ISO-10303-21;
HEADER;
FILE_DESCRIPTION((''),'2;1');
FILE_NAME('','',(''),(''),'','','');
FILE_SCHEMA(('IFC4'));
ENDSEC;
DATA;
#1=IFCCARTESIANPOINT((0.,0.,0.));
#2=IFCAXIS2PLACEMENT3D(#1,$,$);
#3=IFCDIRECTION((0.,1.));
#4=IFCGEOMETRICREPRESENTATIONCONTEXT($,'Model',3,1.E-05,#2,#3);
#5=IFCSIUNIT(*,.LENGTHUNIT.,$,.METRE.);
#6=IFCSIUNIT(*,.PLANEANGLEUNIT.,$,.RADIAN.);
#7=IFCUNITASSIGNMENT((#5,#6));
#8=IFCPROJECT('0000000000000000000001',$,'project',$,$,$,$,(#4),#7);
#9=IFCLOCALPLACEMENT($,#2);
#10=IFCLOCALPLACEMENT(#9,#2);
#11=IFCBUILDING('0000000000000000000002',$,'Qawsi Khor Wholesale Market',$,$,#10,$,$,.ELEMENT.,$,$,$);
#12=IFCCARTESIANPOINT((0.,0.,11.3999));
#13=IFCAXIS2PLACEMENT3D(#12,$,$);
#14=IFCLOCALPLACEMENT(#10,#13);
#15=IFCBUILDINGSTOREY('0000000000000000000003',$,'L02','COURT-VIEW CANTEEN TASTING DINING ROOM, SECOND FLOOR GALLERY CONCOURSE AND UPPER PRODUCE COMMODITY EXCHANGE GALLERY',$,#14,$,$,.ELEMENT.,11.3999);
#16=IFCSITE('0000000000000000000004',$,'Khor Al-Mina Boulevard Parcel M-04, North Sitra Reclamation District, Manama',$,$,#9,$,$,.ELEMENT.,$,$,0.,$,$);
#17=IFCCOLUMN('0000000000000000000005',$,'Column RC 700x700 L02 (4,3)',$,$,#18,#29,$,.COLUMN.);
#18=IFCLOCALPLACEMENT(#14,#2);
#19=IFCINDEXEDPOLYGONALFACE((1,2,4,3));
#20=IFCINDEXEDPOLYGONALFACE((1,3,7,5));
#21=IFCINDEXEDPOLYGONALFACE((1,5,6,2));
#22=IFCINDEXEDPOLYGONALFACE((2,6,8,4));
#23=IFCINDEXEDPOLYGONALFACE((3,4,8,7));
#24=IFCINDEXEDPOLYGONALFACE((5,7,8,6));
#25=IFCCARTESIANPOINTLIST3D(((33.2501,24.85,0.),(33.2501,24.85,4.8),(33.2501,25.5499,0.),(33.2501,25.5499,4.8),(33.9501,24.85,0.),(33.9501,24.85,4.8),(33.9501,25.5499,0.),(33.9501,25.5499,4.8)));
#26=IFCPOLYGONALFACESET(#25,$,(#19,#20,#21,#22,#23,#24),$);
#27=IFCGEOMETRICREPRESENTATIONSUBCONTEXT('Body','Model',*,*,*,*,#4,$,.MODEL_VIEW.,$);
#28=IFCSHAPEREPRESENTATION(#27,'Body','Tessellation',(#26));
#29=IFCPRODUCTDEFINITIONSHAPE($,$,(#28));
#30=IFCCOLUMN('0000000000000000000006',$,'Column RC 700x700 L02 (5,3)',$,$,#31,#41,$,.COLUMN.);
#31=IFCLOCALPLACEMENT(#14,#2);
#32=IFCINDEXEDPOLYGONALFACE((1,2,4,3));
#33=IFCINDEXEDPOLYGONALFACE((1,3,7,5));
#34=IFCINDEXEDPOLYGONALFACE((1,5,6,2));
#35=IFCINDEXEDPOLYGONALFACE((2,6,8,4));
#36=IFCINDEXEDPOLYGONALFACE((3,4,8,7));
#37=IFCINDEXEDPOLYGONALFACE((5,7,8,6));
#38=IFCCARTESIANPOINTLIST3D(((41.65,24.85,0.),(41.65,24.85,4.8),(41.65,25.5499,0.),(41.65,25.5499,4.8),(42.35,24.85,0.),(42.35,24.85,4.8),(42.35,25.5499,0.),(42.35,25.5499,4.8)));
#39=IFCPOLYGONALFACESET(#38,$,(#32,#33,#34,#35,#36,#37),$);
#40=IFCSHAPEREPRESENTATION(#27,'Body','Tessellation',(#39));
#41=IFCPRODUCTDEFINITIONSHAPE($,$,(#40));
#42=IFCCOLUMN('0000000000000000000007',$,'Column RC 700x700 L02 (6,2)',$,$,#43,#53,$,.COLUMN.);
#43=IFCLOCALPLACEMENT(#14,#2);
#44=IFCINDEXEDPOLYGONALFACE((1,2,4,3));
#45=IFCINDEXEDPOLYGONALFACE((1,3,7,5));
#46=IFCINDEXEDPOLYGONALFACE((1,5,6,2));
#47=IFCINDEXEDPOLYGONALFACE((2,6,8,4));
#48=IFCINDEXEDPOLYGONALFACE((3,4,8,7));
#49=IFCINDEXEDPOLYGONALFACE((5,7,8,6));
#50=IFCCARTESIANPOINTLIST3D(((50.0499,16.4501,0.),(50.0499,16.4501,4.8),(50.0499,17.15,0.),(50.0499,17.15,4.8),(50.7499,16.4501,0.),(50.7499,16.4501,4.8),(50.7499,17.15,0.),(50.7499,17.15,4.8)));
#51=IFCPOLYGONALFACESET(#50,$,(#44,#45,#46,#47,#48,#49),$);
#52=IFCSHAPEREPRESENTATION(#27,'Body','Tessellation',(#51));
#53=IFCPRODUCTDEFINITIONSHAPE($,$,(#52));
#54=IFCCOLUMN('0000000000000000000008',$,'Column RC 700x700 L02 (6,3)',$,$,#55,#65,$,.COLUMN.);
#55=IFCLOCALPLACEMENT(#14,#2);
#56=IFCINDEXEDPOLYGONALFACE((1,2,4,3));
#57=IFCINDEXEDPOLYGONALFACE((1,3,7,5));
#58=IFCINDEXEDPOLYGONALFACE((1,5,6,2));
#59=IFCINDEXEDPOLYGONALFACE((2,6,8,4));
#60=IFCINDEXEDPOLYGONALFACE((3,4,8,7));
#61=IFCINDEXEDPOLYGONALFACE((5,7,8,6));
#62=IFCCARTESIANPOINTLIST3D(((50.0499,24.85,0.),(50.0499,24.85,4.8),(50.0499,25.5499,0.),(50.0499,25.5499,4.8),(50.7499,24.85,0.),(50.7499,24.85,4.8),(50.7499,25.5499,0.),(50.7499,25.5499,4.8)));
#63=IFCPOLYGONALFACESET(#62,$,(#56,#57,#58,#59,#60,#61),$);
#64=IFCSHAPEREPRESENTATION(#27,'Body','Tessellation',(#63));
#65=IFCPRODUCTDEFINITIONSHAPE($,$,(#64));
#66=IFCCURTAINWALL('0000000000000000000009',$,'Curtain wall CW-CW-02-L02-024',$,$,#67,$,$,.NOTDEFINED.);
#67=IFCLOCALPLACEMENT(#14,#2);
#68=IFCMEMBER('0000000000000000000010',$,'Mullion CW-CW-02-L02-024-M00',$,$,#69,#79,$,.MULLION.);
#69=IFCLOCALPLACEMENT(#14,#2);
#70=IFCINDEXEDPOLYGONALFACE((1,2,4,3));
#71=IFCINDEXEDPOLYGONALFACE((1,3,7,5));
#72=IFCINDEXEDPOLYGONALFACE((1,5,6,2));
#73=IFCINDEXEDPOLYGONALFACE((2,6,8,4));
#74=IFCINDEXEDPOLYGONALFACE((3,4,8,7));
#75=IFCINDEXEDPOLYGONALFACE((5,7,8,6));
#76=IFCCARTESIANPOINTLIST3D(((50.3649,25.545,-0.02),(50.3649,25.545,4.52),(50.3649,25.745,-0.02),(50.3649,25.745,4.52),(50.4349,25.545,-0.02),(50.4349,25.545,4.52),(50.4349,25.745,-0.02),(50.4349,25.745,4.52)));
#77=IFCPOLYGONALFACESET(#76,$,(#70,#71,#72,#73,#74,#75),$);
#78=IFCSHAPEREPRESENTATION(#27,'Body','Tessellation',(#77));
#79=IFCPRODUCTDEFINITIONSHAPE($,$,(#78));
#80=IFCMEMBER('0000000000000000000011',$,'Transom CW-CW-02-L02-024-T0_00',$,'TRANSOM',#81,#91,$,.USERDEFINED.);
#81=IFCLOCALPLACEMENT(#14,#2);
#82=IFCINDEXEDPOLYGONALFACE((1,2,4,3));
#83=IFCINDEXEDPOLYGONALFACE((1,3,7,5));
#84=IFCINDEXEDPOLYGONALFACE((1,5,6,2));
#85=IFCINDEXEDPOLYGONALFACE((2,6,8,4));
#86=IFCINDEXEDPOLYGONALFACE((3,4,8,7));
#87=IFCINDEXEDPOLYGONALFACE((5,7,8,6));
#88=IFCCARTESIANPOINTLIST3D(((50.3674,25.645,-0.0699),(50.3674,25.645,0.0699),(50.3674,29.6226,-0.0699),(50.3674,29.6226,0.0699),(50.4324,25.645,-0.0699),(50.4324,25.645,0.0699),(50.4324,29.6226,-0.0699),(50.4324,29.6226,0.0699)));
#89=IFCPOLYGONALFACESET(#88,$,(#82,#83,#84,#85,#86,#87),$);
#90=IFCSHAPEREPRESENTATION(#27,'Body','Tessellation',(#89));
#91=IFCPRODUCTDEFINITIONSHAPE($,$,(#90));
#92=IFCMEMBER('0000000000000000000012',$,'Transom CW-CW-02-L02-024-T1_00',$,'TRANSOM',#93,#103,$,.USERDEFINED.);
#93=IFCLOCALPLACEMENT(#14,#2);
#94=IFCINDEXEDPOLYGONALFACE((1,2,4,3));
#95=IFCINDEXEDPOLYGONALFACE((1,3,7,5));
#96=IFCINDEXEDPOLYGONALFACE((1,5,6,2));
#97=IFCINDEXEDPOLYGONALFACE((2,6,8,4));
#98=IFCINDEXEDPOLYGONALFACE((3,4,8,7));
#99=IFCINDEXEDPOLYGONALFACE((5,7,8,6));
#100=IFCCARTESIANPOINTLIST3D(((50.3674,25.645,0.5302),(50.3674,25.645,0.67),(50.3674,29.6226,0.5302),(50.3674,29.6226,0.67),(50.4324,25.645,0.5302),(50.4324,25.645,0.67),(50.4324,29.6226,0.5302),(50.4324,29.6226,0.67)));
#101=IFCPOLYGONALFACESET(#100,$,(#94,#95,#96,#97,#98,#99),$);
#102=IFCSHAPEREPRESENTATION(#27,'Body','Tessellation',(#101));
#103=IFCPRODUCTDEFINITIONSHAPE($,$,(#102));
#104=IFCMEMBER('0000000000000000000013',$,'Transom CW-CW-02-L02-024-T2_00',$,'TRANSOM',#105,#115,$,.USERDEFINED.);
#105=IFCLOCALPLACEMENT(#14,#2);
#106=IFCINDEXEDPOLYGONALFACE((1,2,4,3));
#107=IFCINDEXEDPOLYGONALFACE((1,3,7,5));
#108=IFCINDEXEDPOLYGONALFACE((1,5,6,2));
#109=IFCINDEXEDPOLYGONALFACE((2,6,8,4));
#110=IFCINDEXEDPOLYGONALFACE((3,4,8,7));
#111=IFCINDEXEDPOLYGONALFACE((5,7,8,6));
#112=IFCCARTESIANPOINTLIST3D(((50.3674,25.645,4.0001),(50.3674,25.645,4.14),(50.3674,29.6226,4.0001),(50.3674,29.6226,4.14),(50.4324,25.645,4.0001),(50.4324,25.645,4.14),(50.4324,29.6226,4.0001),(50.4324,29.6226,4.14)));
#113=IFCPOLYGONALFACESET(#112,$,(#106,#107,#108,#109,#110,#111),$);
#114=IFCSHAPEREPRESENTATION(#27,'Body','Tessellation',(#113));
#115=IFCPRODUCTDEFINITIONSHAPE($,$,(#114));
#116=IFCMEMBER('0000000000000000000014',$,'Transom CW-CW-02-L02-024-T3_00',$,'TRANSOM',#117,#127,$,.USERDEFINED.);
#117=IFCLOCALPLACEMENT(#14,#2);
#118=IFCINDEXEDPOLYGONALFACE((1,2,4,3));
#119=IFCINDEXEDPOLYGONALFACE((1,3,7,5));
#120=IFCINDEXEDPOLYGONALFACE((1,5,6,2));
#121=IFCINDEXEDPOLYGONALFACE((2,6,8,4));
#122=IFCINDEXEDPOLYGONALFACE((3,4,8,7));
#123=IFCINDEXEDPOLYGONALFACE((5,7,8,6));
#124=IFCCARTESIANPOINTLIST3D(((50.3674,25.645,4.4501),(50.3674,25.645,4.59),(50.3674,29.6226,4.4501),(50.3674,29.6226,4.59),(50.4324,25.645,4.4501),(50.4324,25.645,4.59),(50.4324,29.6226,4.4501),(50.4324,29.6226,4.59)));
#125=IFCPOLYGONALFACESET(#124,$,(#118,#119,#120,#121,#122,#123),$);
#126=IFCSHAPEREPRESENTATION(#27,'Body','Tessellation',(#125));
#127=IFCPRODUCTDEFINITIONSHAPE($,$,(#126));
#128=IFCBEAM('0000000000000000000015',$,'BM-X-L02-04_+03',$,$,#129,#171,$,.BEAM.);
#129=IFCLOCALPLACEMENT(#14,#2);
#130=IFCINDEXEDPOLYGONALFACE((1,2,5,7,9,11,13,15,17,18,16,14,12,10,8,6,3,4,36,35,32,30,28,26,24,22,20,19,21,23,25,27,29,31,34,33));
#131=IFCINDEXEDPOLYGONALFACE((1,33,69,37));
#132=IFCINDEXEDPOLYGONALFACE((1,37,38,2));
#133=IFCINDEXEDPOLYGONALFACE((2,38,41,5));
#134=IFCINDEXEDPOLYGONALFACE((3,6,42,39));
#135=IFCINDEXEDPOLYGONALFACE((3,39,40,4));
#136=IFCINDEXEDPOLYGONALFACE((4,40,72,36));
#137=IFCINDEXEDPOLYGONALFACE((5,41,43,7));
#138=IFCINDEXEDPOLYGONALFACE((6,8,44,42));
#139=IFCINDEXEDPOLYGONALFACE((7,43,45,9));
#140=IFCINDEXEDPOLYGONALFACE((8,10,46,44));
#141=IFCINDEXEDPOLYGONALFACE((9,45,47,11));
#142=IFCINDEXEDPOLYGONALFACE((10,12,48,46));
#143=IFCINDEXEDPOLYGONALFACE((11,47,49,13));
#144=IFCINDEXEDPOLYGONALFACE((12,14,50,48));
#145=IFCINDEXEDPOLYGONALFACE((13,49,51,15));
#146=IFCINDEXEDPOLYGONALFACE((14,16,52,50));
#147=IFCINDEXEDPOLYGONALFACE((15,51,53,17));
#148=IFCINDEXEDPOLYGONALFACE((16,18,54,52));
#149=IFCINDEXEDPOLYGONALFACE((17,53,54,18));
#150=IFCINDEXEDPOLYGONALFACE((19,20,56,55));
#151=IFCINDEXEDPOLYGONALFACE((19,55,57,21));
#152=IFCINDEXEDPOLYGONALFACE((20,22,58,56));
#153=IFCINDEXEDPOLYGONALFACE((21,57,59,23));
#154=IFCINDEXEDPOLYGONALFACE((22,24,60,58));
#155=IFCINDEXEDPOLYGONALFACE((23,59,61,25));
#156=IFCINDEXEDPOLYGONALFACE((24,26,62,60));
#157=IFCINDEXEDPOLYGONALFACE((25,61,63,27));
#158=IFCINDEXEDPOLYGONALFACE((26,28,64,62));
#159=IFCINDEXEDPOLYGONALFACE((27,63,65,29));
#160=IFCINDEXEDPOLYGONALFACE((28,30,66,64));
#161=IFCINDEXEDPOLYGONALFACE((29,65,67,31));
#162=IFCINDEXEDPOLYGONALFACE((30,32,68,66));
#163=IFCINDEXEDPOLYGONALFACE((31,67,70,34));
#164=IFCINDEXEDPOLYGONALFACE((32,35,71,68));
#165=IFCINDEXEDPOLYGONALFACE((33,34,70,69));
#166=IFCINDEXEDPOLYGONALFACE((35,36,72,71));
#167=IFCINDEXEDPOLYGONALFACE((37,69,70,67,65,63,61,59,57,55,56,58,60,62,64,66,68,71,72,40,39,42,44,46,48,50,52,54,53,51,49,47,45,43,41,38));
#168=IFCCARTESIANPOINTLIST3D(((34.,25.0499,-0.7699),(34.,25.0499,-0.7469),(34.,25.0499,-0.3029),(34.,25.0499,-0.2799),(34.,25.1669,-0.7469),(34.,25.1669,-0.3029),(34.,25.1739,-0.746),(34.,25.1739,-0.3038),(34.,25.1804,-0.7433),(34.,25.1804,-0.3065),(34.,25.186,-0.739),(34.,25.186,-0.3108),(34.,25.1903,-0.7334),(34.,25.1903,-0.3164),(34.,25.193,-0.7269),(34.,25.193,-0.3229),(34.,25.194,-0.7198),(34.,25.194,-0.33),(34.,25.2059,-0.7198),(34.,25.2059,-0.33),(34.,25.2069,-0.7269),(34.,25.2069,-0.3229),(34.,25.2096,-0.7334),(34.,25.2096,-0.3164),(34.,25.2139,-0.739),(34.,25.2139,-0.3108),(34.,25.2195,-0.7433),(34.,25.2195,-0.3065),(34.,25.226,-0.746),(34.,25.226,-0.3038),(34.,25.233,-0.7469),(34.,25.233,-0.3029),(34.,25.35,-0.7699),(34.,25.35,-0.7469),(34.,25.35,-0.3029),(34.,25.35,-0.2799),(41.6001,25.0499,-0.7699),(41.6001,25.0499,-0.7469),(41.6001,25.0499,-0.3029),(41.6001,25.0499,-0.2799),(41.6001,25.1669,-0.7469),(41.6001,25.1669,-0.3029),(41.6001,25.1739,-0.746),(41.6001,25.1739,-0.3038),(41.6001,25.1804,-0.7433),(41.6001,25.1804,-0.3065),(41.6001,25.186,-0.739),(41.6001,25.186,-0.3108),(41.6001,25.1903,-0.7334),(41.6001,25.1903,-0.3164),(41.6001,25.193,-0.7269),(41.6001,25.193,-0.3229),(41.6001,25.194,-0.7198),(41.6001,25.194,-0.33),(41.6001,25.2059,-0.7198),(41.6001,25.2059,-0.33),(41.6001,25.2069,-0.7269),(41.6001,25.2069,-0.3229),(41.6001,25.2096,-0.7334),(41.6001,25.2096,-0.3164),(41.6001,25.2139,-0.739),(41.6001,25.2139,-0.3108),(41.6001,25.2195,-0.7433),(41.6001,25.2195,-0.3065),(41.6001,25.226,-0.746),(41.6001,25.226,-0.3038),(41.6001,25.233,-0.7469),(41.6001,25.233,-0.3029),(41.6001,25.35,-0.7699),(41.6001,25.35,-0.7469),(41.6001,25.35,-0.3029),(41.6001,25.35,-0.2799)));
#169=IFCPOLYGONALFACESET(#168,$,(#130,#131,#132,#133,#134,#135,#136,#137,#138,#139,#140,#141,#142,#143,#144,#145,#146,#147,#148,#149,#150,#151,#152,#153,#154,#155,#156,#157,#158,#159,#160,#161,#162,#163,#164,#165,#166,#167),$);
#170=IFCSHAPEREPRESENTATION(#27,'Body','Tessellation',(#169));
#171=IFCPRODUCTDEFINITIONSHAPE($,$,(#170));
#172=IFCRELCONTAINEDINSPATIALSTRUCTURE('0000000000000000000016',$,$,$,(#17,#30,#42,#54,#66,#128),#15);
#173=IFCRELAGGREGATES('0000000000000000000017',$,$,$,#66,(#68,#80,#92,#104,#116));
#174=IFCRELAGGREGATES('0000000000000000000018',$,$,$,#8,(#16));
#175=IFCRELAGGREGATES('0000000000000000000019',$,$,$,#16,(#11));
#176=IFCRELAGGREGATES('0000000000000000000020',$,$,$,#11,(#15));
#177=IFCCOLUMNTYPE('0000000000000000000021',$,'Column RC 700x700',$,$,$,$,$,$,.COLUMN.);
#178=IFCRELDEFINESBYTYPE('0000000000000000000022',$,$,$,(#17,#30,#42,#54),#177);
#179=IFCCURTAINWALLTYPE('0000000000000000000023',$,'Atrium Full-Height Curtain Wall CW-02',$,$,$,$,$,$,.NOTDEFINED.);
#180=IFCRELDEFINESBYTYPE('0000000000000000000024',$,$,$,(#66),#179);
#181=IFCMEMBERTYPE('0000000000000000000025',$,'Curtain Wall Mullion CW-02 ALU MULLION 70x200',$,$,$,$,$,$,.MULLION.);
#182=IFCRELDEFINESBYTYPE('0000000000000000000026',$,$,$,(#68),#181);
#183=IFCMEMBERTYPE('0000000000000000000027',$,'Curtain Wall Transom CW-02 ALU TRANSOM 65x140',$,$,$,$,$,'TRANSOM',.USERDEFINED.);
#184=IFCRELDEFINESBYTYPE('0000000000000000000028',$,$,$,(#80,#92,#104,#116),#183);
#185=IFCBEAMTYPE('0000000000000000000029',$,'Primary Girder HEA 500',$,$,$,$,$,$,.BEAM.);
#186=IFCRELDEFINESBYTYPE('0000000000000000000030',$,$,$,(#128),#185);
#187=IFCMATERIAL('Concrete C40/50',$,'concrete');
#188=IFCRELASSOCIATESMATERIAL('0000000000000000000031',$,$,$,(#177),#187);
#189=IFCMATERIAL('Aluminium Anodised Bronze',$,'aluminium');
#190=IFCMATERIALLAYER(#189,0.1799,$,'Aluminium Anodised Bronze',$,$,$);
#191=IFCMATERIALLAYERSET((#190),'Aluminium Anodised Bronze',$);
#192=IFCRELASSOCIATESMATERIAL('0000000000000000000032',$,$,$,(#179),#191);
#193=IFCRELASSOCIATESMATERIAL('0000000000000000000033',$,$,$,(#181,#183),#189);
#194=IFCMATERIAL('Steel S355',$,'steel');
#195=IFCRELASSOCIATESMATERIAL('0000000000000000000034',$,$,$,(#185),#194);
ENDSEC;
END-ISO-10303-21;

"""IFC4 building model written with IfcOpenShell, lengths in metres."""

from ifc_helpers import new_model, si_unit, direction, frame, origin, origin_2d, place, context, subcontext, project, spatial, rectangle, i_section, extrude, material, layer, layer_set, material_profile, profile_set, type_object, element, aggregate, save


model = new_model("IFC4")

# Units and contexts
model_context = context("Model", 3, precision=1e-05, world=origin(), true_north=direction((0.0, 1.0)))
body_context = subcontext(model_context, "Body", "Model", "MODEL_VIEW")
ifc_project = project(units=[si_unit("LENGTHUNIT", "METRE"), si_unit("PLANEANGLEUNIT", "RADIAN")], contexts=[model_context])

# Site, building, storey
site_placement = place(None, origin())
site = spatial("IfcSite", under=ifc_project, at=site_placement, Name="Khor Al-Mina Boulevard Parcel M-04, North Sitra Reclamation District, Manama", CompositionType="ELEMENT", RefElevation=0.0)
building_placement = place(site_placement, origin())
building = spatial("IfcBuilding", under=site, at=building_placement, Name="Qawsi Khor Wholesale Market", CompositionType="ELEMENT")
storey_placement = place(building_placement, frame((0.0, 0.0, 11.3999)))
storey = spatial("IfcBuildingStorey", under=building, at=storey_placement, Name="L02", Description="COURT-VIEW CANTEEN TASTING DINING ROOM, SECOND FLOOR GALLERY CONCOURSE AND UPPER PRODUCE COMMODITY EXCHANGE GALLERY", CompositionType="ELEMENT", Elevation=11.3999)

# Columns
ifc_material_1 = material(Name="Concrete C40/50", Category="concrete")
ifc_material_profile_1 = material_profile(ifc_material_1, rectangle(XDim=0.7, YDim=0.7, at=origin_2d()), Name="RC 700x700")
ifc_profile_set_1 = profile_set([ifc_material_profile_1], Name="Concrete C40/50")
column_type = type_object("IfcColumnType", Name="Column RC 700x700", PredefinedType="COLUMN", material=ifc_profile_set_1)
for number, where, z_axis, x_axis, name in (
    (1, (33.6001, 25.2, 0.0), (0.0, 0.0, 1.0), (1.0, 0.0, 0.0), "Column RC 700x700 L02 (4,3)"),
    (2, (42.0, 25.2, 0.0), (0.0, 0.0, 1.0), (1.0, 0.0, 0.0), "Column RC 700x700 L02 (5,3)"),
    (3, (50.3999, 16.8, 0.0), (0.0, 0.0, 1.0), (1.0, 0.0, 0.0), "Column RC 700x700 L02 (6,2)"),
    (4, (50.3999, 25.2, 0.0), (0.0, 0.0, 1.0), (1.0, 0.0, 0.0), "Column RC 700x700 L02 (6,3)"),
):
    element("IfcColumn", number, at=place(storey_placement, frame(where, z_axis=z_axis, x_axis=x_axis)), inside=storey, type_object=column_type, Name=name, PredefinedType="COLUMN", context=body_context, shape_type="SweptSolid", body=[
        extrude(rectangle(XDim=0.7, YDim=0.7, at=origin_2d()), origin(), (0.0, 0.0, 1.0), 4.8),
    ])

# Curtain wall, members
ifc_material_2 = material(Name="Aluminium Anodised Bronze", Category="aluminium")
ifc_layer_1 = layer(ifc_material_2, 0.1799, Name="Aluminium Anodised Bronze")
ifc_layer_set_1 = layer_set([ifc_layer_1], Name="Aluminium Anodised Bronze")
curtain_wall_type = type_object("IfcCurtainWallType", Name="Atrium Full-Height Curtain Wall CW-02", PredefinedType="NOTDEFINED", material=ifc_layer_set_1)
curtain_wall_placement = place(storey_placement, origin())
curtain_wall = element("IfcCurtainWall", 5, at=curtain_wall_placement, inside=storey, type_object=curtain_wall_type, Name="Curtain wall CW-CW-02-L02-024", PredefinedType="NOTDEFINED")
ifc_material_profile_2 = material_profile(ifc_material_2, rectangle(XDim=0.0701, YDim=0.2, at=origin_2d()), Name="ALU MULLION 70x200")
ifc_profile_set_2 = profile_set([ifc_material_profile_2], Name="Aluminium Anodised Bronze")
member_type_1 = type_object("IfcMemberType", Name="Curtain Wall Mullion CW-02 ALU MULLION 70x200", PredefinedType="MULLION", material=ifc_profile_set_2)
member_1_placement = place(storey_placement, frame((50.3999, 25.645, -0.02), z_axis=(0.0, 0.0, 1.0), x_axis=(1.0, 0.0, 0.0)))
member_1 = element("IfcMember", 6, at=member_1_placement, type_object=member_type_1, Name="Mullion CW-CW-02-L02-024-M00", PredefinedType="MULLION", context=body_context, shape_type="SweptSolid", body=[
    extrude(rectangle(XDim=0.0701, YDim=0.2, at=origin_2d()), origin(), (0.0, 0.0, 1.0), 4.54),
])
ifc_material_profile_3 = material_profile(ifc_material_2, rectangle(XDim=0.0649, YDim=0.1399, at=origin_2d()), Name="ALU TRANSOM 65x140")
ifc_profile_set_3 = profile_set([ifc_material_profile_3], Name="Aluminium Anodised Bronze")
member_type_2 = type_object("IfcMemberType", Name="Curtain Wall Transom CW-02 ALU TRANSOM 65x140", ElementType="TRANSOM", PredefinedType="USERDEFINED", material=ifc_profile_set_3)
member_2_placement = place(storey_placement, frame((50.3999, 25.645, 0.0), z_axis=(0.0, 1.0, 0.0), x_axis=(-1.0, 0.0, 0.0)))
member_2 = element("IfcMember", 7, at=member_2_placement, type_object=member_type_2, Name="Transom CW-CW-02-L02-024-T0_00", ObjectType="TRANSOM", PredefinedType="USERDEFINED", context=body_context, shape_type="SweptSolid", body=[
    extrude(rectangle(XDim=0.0649, YDim=0.1399, at=origin_2d()), origin(), (0.0, 0.0, 1.0), 3.9775),
])
member_3_placement = place(storey_placement, frame((50.3999, 25.645, 0.6001), z_axis=(0.0, 1.0, 0.0), x_axis=(-1.0, 0.0, 0.0)))
member_3 = element("IfcMember", 8, at=member_3_placement, type_object=member_type_2, Name="Transom CW-CW-02-L02-024-T1_00", ObjectType="TRANSOM", PredefinedType="USERDEFINED", context=body_context, shape_type="SweptSolid", body=[
    extrude(rectangle(XDim=0.0649, YDim=0.1399, at=origin_2d()), origin(), (0.0, 0.0, 1.0), 3.9775),
])
member_4_placement = place(storey_placement, frame((50.3999, 25.645, 4.0701), z_axis=(0.0, 1.0, 0.0), x_axis=(-1.0, 0.0, 0.0)))
member_4 = element("IfcMember", 9, at=member_4_placement, type_object=member_type_2, Name="Transom CW-CW-02-L02-024-T2_00", ObjectType="TRANSOM", PredefinedType="USERDEFINED", context=body_context, shape_type="SweptSolid", body=[
    extrude(rectangle(XDim=0.0649, YDim=0.1399, at=origin_2d()), origin(), (0.0, 0.0, 1.0), 3.9775),
])
member_5_placement = place(storey_placement, frame((50.3999, 25.645, 4.52), z_axis=(0.0, 1.0, 0.0), x_axis=(-1.0, 0.0, 0.0)))
member_5 = element("IfcMember", 10, at=member_5_placement, type_object=member_type_2, Name="Transom CW-CW-02-L02-024-T3_00", ObjectType="TRANSOM", PredefinedType="USERDEFINED", context=body_context, shape_type="SweptSolid", body=[
    extrude(rectangle(XDim=0.0649, YDim=0.1399, at=origin_2d()), origin(), (0.0, 0.0, 1.0), 3.9775),
])
aggregate(curtain_wall, [member_1, member_2, member_3, member_4, member_5])

# Beam
ifc_material_3 = material(Name="Steel S355", Category="steel")
ifc_material_profile_4 = material_profile(ifc_material_3, i_section(OverallWidth=0.3, OverallDepth=0.49, WebThickness=0.012, FlangeThickness=0.0229, FilletRadius=0.0271, at=origin_2d()), Name="HEA 500")
ifc_profile_set_4 = profile_set([ifc_material_profile_4], Name="Steel S355")
beam_type_1 = type_object("IfcBeamType", Name="Primary Girder HEA 500", PredefinedType="BEAM", material=ifc_profile_set_4)
for number, where, z_axis, x_axis, name in (
    (11, (34.0, 25.2, -0.5249), (1.0, 0.0, 0.0), (0.0, 1.0, 0.0), "BM-X-L02-04_+03"),
):
    element("IfcBeam", number, at=place(storey_placement, frame(where, z_axis=z_axis, x_axis=x_axis)), inside=storey, type_object=beam_type_1, Name=name, PredefinedType="BEAM", context=body_context, shape_type="SweptSolid", body=[
        extrude(i_section(OverallWidth=0.3, OverallDepth=0.49, WebThickness=0.012, FlangeThickness=0.0229, FilletRadius=0.0271, at=origin_2d()), origin(), (0.0, 0.0, 1.0), 7.6001),
    ])

save(model, "model.ifc")
